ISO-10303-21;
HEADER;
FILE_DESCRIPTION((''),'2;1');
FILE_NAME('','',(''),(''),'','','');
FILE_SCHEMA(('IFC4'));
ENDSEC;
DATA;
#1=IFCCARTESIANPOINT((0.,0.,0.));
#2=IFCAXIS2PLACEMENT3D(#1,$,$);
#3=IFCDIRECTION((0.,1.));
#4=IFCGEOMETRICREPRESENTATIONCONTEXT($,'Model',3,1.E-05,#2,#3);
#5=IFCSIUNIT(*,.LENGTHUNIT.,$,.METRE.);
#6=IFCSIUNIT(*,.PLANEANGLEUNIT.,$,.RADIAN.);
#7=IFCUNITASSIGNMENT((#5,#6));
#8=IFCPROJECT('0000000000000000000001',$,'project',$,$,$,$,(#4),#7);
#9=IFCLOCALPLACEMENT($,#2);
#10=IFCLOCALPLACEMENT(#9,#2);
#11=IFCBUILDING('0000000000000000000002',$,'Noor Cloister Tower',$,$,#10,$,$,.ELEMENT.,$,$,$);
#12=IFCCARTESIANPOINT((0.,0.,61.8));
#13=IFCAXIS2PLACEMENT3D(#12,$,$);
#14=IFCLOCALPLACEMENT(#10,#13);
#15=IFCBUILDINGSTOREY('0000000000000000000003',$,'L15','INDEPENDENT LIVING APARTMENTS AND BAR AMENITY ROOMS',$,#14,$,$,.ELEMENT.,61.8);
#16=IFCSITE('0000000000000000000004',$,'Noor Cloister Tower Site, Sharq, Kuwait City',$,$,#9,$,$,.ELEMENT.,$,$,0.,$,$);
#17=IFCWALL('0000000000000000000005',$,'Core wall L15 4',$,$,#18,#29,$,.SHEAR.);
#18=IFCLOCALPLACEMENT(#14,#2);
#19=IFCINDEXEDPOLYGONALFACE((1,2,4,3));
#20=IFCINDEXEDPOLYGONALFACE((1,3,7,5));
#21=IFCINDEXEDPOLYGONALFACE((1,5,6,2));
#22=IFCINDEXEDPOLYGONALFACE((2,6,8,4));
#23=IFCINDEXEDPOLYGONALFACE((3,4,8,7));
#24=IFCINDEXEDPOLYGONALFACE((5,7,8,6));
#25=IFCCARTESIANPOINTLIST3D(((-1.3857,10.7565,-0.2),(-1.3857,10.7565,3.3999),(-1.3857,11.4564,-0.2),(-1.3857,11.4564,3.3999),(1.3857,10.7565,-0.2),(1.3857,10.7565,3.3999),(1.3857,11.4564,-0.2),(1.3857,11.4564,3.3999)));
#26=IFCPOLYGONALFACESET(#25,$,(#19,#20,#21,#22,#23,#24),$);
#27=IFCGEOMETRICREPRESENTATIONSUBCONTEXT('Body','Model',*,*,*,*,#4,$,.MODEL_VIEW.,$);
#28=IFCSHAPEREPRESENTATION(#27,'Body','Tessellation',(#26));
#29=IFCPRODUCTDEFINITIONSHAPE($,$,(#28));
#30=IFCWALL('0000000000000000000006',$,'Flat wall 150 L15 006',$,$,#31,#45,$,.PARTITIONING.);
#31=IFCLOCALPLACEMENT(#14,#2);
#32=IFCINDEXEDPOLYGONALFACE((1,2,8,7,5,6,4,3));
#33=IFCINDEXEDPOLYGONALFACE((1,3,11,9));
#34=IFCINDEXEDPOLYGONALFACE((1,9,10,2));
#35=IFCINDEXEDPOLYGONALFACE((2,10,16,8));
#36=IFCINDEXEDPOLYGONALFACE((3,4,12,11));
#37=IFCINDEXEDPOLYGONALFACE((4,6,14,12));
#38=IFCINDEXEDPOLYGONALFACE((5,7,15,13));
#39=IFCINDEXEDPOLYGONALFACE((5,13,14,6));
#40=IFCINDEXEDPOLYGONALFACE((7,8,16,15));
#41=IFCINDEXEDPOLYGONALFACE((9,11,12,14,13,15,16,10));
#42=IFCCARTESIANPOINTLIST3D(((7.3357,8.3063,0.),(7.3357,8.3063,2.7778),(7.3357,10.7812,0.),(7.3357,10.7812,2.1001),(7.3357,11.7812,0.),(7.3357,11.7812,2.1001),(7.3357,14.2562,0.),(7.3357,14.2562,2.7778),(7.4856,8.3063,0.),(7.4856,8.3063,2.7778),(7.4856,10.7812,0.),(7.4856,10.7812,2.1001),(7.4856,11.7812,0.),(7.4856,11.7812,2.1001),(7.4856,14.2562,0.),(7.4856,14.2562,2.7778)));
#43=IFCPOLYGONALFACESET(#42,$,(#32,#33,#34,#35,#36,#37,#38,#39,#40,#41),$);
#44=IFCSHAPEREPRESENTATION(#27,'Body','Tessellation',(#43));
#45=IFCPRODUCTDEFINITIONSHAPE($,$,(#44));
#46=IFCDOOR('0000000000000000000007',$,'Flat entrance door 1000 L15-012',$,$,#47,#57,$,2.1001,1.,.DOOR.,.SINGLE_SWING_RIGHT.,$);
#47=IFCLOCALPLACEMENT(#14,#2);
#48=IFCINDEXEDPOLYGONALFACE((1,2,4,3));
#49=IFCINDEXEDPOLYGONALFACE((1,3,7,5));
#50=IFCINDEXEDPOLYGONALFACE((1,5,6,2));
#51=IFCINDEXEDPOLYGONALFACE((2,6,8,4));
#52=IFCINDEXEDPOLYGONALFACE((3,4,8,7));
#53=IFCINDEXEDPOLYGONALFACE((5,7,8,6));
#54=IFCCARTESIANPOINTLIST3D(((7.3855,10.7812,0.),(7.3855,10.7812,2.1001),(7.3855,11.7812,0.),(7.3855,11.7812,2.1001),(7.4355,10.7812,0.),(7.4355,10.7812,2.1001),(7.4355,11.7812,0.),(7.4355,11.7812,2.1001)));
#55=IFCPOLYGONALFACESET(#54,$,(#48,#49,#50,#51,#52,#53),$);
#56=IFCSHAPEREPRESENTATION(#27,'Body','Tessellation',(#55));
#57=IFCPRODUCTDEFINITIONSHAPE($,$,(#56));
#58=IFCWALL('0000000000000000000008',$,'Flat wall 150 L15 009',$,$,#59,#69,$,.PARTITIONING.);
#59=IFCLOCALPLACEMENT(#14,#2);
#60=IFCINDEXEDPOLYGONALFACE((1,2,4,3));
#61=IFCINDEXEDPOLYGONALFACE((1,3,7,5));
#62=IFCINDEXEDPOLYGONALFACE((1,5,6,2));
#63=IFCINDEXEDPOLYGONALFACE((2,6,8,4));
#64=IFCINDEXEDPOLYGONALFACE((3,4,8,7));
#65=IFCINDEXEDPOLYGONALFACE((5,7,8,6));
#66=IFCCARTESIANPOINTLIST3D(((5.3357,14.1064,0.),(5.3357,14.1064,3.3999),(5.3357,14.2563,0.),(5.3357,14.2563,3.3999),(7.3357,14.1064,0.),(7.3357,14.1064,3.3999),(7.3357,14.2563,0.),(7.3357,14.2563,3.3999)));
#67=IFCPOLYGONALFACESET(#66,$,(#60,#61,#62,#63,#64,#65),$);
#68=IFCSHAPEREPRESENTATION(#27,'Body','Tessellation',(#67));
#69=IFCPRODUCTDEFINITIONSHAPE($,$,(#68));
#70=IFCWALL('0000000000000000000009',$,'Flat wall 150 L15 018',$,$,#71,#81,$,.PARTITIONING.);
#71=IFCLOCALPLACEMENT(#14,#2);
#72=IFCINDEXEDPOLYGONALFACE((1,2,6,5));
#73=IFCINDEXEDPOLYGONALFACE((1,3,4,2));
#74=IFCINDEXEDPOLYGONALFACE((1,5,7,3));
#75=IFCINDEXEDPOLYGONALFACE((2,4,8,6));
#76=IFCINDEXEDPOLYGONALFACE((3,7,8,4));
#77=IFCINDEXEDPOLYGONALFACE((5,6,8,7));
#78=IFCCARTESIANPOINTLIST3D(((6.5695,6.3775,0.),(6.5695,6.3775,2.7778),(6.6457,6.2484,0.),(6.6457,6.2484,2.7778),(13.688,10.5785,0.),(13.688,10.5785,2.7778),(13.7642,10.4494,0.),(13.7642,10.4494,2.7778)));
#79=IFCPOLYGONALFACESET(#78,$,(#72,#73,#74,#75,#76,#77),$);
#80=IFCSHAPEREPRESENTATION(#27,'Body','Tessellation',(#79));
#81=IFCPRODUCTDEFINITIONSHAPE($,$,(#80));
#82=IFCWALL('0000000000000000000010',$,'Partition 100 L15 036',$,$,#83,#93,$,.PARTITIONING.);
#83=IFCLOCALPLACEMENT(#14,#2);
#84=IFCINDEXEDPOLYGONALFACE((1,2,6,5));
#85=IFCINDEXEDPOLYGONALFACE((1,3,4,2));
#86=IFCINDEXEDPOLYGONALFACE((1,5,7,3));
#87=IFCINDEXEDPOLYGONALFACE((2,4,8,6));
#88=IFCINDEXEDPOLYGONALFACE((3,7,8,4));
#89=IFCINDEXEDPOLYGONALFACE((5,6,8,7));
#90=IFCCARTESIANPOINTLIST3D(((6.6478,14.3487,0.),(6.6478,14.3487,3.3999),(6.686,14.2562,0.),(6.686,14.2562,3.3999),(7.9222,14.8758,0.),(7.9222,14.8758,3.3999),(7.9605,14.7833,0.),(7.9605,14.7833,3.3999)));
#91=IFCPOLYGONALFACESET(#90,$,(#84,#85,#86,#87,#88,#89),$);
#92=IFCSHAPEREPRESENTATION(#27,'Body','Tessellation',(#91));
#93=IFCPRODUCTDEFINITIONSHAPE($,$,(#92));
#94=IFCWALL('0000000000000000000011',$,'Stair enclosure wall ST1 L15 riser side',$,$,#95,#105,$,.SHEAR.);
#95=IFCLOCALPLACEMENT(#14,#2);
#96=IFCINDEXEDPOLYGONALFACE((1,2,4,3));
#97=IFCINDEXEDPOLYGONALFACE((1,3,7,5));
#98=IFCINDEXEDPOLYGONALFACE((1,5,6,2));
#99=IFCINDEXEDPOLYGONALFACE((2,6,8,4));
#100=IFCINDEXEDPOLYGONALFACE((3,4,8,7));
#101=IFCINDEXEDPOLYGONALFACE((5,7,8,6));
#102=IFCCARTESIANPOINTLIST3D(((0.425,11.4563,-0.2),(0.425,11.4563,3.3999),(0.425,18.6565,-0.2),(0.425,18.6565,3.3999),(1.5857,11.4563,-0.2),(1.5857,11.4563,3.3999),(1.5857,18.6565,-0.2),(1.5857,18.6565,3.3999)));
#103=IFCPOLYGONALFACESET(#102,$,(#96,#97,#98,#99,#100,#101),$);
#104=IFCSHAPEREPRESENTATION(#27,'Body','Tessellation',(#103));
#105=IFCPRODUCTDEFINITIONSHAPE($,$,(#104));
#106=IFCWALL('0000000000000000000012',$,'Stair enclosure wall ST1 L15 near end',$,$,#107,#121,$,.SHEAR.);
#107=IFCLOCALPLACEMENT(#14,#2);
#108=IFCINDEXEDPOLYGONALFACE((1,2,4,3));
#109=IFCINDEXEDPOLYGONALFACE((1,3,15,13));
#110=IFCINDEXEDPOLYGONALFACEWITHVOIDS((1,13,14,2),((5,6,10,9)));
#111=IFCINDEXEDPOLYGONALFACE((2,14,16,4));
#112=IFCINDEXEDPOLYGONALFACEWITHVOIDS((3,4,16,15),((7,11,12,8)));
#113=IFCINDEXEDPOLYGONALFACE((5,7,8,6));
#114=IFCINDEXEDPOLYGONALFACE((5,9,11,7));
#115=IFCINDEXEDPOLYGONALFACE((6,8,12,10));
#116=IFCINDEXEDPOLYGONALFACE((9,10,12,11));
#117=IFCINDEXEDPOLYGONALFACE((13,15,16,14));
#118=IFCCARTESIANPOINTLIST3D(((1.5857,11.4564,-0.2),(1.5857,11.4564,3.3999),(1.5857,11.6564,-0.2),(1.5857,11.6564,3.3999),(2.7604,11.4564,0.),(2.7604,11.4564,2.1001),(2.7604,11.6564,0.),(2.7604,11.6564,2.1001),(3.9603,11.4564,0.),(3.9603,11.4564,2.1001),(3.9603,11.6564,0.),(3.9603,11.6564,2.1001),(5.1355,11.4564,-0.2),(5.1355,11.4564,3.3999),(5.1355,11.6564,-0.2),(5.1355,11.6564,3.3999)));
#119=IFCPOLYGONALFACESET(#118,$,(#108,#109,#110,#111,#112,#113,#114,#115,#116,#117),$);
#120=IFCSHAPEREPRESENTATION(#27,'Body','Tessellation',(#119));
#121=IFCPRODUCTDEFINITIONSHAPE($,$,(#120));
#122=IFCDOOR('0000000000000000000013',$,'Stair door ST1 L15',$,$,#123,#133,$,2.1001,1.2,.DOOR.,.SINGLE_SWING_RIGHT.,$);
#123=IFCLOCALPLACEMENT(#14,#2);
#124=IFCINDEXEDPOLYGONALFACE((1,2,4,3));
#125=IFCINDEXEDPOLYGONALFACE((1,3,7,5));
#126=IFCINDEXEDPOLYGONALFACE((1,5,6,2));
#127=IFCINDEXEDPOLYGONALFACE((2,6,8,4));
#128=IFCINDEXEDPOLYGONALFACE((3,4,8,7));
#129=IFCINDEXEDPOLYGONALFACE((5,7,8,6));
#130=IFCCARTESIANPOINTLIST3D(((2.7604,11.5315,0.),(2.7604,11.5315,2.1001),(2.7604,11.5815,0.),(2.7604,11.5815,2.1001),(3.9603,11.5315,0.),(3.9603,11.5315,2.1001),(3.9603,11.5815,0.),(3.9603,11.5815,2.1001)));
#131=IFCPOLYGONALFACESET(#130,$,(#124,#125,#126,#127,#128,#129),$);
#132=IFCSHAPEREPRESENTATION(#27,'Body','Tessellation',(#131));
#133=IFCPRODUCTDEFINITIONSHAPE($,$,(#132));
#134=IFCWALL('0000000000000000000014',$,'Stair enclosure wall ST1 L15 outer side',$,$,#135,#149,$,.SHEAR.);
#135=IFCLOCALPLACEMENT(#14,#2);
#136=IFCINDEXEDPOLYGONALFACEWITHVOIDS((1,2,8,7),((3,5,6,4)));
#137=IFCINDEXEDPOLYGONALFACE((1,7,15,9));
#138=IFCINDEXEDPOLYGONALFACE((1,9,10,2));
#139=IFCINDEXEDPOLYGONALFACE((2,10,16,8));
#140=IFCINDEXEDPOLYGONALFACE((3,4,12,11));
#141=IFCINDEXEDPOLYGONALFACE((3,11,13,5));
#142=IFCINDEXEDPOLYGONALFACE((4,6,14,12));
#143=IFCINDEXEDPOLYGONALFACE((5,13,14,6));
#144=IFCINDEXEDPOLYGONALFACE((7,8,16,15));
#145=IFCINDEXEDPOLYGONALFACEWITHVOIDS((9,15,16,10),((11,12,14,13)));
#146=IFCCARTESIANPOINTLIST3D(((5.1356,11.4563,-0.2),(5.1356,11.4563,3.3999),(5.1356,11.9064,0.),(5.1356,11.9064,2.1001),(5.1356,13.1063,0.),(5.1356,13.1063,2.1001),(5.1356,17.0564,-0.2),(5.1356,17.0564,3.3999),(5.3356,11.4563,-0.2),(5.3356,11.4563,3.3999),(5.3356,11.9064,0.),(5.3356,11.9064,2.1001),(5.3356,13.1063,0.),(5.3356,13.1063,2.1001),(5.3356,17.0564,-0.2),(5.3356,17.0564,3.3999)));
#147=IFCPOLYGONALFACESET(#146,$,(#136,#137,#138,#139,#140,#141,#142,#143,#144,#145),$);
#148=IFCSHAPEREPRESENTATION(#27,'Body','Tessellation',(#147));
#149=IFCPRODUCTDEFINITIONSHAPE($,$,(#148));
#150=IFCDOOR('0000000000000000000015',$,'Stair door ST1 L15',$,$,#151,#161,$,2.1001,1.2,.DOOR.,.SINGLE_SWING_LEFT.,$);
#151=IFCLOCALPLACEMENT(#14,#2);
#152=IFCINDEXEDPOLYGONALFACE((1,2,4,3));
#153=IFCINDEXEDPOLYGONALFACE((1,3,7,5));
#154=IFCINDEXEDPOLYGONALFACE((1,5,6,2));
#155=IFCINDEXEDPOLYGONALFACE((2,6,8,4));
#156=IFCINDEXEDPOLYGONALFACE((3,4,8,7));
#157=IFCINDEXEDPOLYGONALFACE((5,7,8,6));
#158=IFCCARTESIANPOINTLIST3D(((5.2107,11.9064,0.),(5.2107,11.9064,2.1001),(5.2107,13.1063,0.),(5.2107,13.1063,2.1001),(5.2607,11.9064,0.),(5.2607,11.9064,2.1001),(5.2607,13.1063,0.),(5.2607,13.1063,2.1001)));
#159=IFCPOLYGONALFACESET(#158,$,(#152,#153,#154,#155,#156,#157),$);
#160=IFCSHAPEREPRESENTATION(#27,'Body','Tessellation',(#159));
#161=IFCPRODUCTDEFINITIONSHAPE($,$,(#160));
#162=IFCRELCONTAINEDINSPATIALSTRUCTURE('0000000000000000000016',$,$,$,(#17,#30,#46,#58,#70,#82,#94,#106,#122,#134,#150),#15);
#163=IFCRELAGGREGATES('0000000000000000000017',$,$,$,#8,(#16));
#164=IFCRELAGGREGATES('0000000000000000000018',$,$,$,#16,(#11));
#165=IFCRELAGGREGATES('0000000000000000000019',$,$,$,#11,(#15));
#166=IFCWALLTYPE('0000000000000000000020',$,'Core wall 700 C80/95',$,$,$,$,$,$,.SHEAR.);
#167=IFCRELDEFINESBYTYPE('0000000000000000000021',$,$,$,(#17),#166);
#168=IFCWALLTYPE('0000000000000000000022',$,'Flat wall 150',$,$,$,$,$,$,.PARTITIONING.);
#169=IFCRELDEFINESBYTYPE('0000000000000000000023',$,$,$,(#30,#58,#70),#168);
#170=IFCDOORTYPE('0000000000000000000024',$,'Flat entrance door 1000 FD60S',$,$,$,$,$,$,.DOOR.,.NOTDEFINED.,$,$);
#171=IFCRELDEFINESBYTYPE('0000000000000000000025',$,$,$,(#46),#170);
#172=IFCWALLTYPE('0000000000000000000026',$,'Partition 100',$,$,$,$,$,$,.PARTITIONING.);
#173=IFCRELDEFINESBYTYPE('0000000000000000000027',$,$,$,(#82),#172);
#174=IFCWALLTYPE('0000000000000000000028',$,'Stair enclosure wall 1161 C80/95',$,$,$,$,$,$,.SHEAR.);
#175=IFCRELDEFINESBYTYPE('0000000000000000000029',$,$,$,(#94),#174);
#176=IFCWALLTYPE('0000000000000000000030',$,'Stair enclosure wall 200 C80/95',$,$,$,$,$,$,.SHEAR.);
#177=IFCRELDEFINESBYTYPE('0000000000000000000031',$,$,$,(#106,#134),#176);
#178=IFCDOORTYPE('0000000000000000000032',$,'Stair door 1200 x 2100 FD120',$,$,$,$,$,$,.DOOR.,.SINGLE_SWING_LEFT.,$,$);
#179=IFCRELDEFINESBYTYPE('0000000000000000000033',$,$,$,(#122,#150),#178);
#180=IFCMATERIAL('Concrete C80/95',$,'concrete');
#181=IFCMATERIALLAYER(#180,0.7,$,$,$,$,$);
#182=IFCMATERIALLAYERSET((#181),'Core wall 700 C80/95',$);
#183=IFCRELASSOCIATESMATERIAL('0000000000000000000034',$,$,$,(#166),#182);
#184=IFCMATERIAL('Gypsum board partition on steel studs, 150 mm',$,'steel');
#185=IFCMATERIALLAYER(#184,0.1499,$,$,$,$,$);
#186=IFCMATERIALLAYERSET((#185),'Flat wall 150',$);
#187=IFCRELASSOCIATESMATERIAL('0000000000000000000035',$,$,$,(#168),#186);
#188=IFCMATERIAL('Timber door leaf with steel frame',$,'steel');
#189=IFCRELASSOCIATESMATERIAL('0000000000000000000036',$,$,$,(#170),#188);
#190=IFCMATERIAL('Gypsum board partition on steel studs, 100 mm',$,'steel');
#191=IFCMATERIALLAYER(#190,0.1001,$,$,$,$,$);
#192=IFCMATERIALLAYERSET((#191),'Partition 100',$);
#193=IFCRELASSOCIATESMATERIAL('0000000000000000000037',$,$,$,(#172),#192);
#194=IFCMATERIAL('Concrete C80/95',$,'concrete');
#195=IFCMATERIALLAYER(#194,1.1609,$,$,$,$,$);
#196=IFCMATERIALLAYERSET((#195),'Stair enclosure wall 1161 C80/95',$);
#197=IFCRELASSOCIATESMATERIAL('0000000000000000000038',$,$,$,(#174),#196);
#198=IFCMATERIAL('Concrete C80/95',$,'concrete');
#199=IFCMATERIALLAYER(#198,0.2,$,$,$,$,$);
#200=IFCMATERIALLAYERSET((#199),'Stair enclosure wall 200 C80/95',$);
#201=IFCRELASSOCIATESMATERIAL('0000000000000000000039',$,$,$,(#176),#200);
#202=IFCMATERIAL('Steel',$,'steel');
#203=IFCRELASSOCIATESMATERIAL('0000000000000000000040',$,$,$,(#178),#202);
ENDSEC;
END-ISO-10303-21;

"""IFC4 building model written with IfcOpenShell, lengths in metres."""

from ifc_helpers import new_model, si_unit, direction, frame, frame_2d, origin, place, context, subcontext, project, spatial, rectangle, extrude, material, layer, layer_set, type_object, element, fill, save


model = new_model("IFC4")

# Units and contexts
model_context = context("Model", 3, precision=1e-05, world=origin(), true_north=direction((0.0, 1.0)))
body_context = subcontext(model_context, "Body", "Model", "MODEL_VIEW")
ifc_project = project(units=[si_unit("LENGTHUNIT", "METRE"), si_unit("PLANEANGLEUNIT", "RADIAN")], contexts=[model_context])

# Site, building, storey
site_placement = place(None, origin())
site = spatial("IfcSite", under=ifc_project, at=site_placement, Name="Noor Cloister Tower Site, Sharq, Kuwait City", CompositionType="ELEMENT", RefElevation=0.0)
building_placement = place(site_placement, origin())
building = spatial("IfcBuilding", under=site, at=building_placement, Name="Noor Cloister Tower", CompositionType="ELEMENT")
storey_placement = place(building_placement, frame((0.0, 0.0, 61.8)))
storey = spatial("IfcBuildingStorey", under=building, at=storey_placement, Name="L15", Description="INDEPENDENT LIVING APARTMENTS AND BAR AMENITY ROOMS", CompositionType="ELEMENT", Elevation=61.8)

# Wall
ifc_material_1 = material(Name="Concrete C80/95", Category="concrete")
ifc_layer_1 = layer(ifc_material_1, 0.7)
ifc_layer_set_1 = layer_set([ifc_layer_1], Name="Core wall 700 C80/95")
wall_type_1 = type_object("IfcWallType", Name="Core wall 700 C80/95", PredefinedType="SHEAR", material=ifc_layer_set_1)
wall_1_placement = place(storey_placement, frame((1.3857, 11.1064, -0.2), z_axis=(0.0, 0.0, 1.0), x_axis=(-1.0, 0.0, 0.0)))
element("IfcWall", 1, at=wall_1_placement, inside=storey, type_object=wall_type_1, Name="Core wall L15 4", PredefinedType="SHEAR", context=body_context, shape_type="SweptSolid", body=[
    extrude(rectangle(XDim=2.7715, YDim=0.7, at=frame_2d((1.3857, 0.0))), origin(), (0.0, 0.0, 1.0), 3.5999),
])

# Wall, opening, door
ifc_material_2 = material(Name="Gypsum board partition on steel studs, 150 mm", Category="steel")
ifc_layer_2 = layer(ifc_material_2, 0.1499)
ifc_layer_set_2 = layer_set([ifc_layer_2], Name="Flat wall 150")
wall_type_2 = type_object("IfcWallType", Name="Flat wall 150", PredefinedType="PARTITIONING", material=ifc_layer_set_2)
wall_2_placement = place(storey_placement, frame((7.4106, 14.2563, 0.0), z_axis=(0.0, 0.0, 1.0), x_axis=(0.0, -1.0, 0.0)))
wall_2 = element("IfcWall", 2, at=wall_2_placement, inside=storey, type_object=wall_type_2, Name="Flat wall 150 L15 006", PredefinedType="PARTITIONING", context=body_context, shape_type="SweptSolid", body=[
    extrude(rectangle(XDim=5.95, YDim=0.1499, at=frame_2d((2.9751, 0.0))), origin(), (0.0, 0.0, 1.0), 2.7778),
])
opening_1_placement = place(wall_2_placement, frame((2.4751, 0.0, 0.0)))
opening_1 = element("IfcOpeningElement", 3, at=opening_1_placement, cuts=wall_2, PredefinedType="OPENING", context=body_context, shape_type="SweptSolid", body=[
    extrude(rectangle(XDim=1.0, YDim=2.1001, at=frame_2d((0.5, 1.05))), frame((0.0, 0.085, 0.0), z_axis=(0.0, -1.0, 0.0), x_axis=(1.0, 0.0, 0.0)), (0.0, 0.0, 1.0), 0.1699),
])
ifc_material_3 = material(Name="Timber door leaf with steel frame", Category="steel")
door_type_1 = type_object("IfcDoorType", Name="Flat entrance door 1000 FD60S", OperationType="NOTDEFINED", PredefinedType="DOOR", material=ifc_material_3)
door_1_placement = place(opening_1_placement, origin())
door_1 = element("IfcDoor", 4, at=door_1_placement, inside=storey, type_object=door_type_1, Name="Flat entrance door 1000 L15-012", OperationType="SINGLE_SWING_RIGHT", OverallHeight=2.1001, OverallWidth=1.0, PredefinedType="DOOR", context=body_context, shape_type="SweptSolid", body=[
    extrude(rectangle(XDim=1.0, YDim=2.1001, at=frame_2d((0.5, 1.05))), frame((0.0, 0.0249, 0.0), z_axis=(0.0, -1.0, 0.0), x_axis=(1.0, 0.0, 0.0)), (0.0, 0.0, 1.0), 0.05),
])
fill(opening_1, door_1)

# Walls
wall_3_placement = place(storey_placement, frame((5.3357, 14.1814, 0.0), z_axis=(0.0, 0.0, 1.0), x_axis=(1.0, 0.0, 0.0)))
element("IfcWall", 5, at=wall_3_placement, inside=storey, type_object=wall_type_2, Name="Flat wall 150 L15 009", PredefinedType="PARTITIONING", context=body_context, shape_type="SweptSolid", body=[
    extrude(rectangle(XDim=2.0, YDim=0.1499, at=frame_2d((1.0, 0.0))), origin(), (0.0, 0.0, 1.0), 3.3999),
])
wall_4_placement = place(storey_placement, frame((13.7261, 10.5139, 0.0), z_axis=(0.0, 0.0, 1.0), x_axis=(-0.861213, -0.508245, 0.0)))
element("IfcWall", 6, at=wall_4_placement, inside=storey, type_object=wall_type_2, Name="Flat wall 150 L15 018", PredefinedType="PARTITIONING", context=body_context, shape_type="SweptSolid", body=[
    extrude(rectangle(XDim=8.2656, YDim=0.1499, at=frame_2d((4.1328, 0.0))), origin(), (0.0, 0.0, 1.0), 2.7778),
])
ifc_material_4 = material(Name="Gypsum board partition on steel studs, 100 mm", Category="steel")
ifc_layer_3 = layer(ifc_material_4, 0.1001)
ifc_layer_set_3 = layer_set([ifc_layer_3], Name="Partition 100")
wall_type_3 = type_object("IfcWallType", Name="Partition 100", PredefinedType="PARTITIONING", material=ifc_layer_set_3)
wall_5_placement = place(storey_placement, frame((6.667, 14.3025, 0.0), z_axis=(0.0, 0.0, 1.0), x_axis=(0.924079, 0.382201, 0.0)))
element("IfcWall", 7, at=wall_5_placement, inside=storey, type_object=wall_type_3, Name="Partition 100 L15 036", PredefinedType="PARTITIONING", context=body_context, shape_type="SweptSolid", body=[
    extrude(rectangle(XDim=1.3792, YDim=0.1001, at=frame_2d((0.6895, 0.0))), origin(), (0.0, 0.0, 1.0), 3.3999),
])
ifc_material_5 = material(Name="Concrete C80/95", Category="concrete")
ifc_layer_4 = layer(ifc_material_5, 1.1609)
ifc_layer_set_4 = layer_set([ifc_layer_4], Name="Stair enclosure wall 1161 C80/95")
wall_type_4 = type_object("IfcWallType", Name="Stair enclosure wall 1161 C80/95", PredefinedType="SHEAR", material=ifc_layer_set_4)
wall_6_placement = place(storey_placement, frame((1.0054, 11.4563, -0.2), z_axis=(0.0, 0.0, 1.0), x_axis=(0.0, 1.0, 0.0)))
element("IfcWall", 8, at=wall_6_placement, inside=storey, type_object=wall_type_4, Name="Stair enclosure wall ST1 L15 riser side", PredefinedType="SHEAR", context=body_context, shape_type="SweptSolid", body=[
    extrude(rectangle(XDim=7.2002, YDim=1.1606, at=frame_2d((3.6001, 0.0))), origin(), (0.0, 0.0, 1.0), 3.5999),
])

# Walls, openings, doors
ifc_material_6 = material(Name="Concrete C80/95", Category="concrete")
ifc_layer_5 = layer(ifc_material_6, 0.2)
ifc_layer_set_5 = layer_set([ifc_layer_5], Name="Stair enclosure wall 200 C80/95")
wall_type_5 = type_object("IfcWallType", Name="Stair enclosure wall 200 C80/95", PredefinedType="SHEAR", material=ifc_layer_set_5)
wall_7_placement = place(storey_placement, frame((5.1355, 11.5564, -0.2), z_axis=(0.0, 0.0, 1.0), x_axis=(-1.0, 0.0, 0.0)))
wall_7 = element("IfcWall", 9, at=wall_7_placement, inside=storey, type_object=wall_type_5, Name="Stair enclosure wall ST1 L15 near end", PredefinedType="SHEAR", context=body_context, shape_type="SweptSolid", body=[
    extrude(rectangle(XDim=3.5498, YDim=0.2, at=frame_2d((1.7749, 0.0))), origin(), (0.0, 0.0, 1.0), 3.5999),
])
opening_2_placement = place(wall_7_placement, frame((1.175, 0.0, 0.2)))
opening_2 = element("IfcOpeningElement", 10, at=opening_2_placement, cuts=wall_7, PredefinedType="OPENING", context=body_context, shape_type="SweptSolid", body=[
    extrude(rectangle(XDim=1.2, YDim=2.1001, at=frame_2d((0.6001, 1.05))), frame((0.0, 0.1099, 0.0), z_axis=(0.0, -1.0, 0.0), x_axis=(1.0, 0.0, 0.0)), (0.0, 0.0, 1.0), 0.22),
])
ifc_material_7 = material(Name="Steel", Category="steel")
door_type_2 = type_object("IfcDoorType", Name="Stair door 1200 x 2100 FD120", OperationType="SINGLE_SWING_LEFT", PredefinedType="DOOR", material=ifc_material_7)
door_2_placement = place(opening_2_placement, origin())
door_2 = element("IfcDoor", 11, at=door_2_placement, inside=storey, type_object=door_type_2, Name="Stair door ST1 L15", OperationType="SINGLE_SWING_RIGHT", OverallHeight=2.1001, OverallWidth=1.2, PredefinedType="DOOR", context=body_context, shape_type="SweptSolid", body=[
    extrude(rectangle(XDim=1.2, YDim=2.1001, at=frame_2d((0.6001, 1.05))), frame((0.0, 0.0249, 0.0), z_axis=(0.0, -1.0, 0.0), x_axis=(1.0, 0.0, 0.0)), (0.0, 0.0, 1.0), 0.05),
])
fill(opening_2, door_2)
wall_8_placement = place(storey_placement, frame((5.2356, 11.4563, -0.2), z_axis=(0.0, 0.0, 1.0), x_axis=(0.0, 1.0, 0.0)))
wall_8 = element("IfcWall", 12, at=wall_8_placement, inside=storey, type_object=wall_type_5, Name="Stair enclosure wall ST1 L15 outer side", PredefinedType="SHEAR", context=body_context, shape_type="SweptSolid", body=[
    extrude(rectangle(XDim=5.6001, YDim=0.2, at=frame_2d((2.8, 0.0))), origin(), (0.0, 0.0, 1.0), 3.5999),
])
opening_3_placement = place(wall_8_placement, frame((0.45, 0.0, 0.2)))
opening_3 = element("IfcOpeningElement", 13, at=opening_3_placement, cuts=wall_8, PredefinedType="OPENING", context=body_context, shape_type="SweptSolid", body=[
    extrude(rectangle(XDim=1.2, YDim=2.1001, at=frame_2d((0.6001, 1.05))), frame((0.0, 0.1099, 0.0), z_axis=(0.0, -1.0, 0.0), x_axis=(1.0, 0.0, 0.0)), (0.0, 0.0, 1.0), 0.22),
])
door_3_placement = place(opening_3_placement, origin())
door_3 = element("IfcDoor", 14, at=door_3_placement, inside=storey, type_object=door_type_2, Name="Stair door ST1 L15", OperationType="SINGLE_SWING_LEFT", OverallHeight=2.1001, OverallWidth=1.2, PredefinedType="DOOR", context=body_context, shape_type="SweptSolid", body=[
    extrude(rectangle(XDim=1.2, YDim=2.1001, at=frame_2d((0.6001, 1.05))), frame((0.0, 0.0249, 0.0), z_axis=(0.0, -1.0, 0.0), x_axis=(1.0, 0.0, 0.0)), (0.0, 0.0, 1.0), 0.05),
])
fill(opening_3, door_3)

save(model, "model.ifc")
